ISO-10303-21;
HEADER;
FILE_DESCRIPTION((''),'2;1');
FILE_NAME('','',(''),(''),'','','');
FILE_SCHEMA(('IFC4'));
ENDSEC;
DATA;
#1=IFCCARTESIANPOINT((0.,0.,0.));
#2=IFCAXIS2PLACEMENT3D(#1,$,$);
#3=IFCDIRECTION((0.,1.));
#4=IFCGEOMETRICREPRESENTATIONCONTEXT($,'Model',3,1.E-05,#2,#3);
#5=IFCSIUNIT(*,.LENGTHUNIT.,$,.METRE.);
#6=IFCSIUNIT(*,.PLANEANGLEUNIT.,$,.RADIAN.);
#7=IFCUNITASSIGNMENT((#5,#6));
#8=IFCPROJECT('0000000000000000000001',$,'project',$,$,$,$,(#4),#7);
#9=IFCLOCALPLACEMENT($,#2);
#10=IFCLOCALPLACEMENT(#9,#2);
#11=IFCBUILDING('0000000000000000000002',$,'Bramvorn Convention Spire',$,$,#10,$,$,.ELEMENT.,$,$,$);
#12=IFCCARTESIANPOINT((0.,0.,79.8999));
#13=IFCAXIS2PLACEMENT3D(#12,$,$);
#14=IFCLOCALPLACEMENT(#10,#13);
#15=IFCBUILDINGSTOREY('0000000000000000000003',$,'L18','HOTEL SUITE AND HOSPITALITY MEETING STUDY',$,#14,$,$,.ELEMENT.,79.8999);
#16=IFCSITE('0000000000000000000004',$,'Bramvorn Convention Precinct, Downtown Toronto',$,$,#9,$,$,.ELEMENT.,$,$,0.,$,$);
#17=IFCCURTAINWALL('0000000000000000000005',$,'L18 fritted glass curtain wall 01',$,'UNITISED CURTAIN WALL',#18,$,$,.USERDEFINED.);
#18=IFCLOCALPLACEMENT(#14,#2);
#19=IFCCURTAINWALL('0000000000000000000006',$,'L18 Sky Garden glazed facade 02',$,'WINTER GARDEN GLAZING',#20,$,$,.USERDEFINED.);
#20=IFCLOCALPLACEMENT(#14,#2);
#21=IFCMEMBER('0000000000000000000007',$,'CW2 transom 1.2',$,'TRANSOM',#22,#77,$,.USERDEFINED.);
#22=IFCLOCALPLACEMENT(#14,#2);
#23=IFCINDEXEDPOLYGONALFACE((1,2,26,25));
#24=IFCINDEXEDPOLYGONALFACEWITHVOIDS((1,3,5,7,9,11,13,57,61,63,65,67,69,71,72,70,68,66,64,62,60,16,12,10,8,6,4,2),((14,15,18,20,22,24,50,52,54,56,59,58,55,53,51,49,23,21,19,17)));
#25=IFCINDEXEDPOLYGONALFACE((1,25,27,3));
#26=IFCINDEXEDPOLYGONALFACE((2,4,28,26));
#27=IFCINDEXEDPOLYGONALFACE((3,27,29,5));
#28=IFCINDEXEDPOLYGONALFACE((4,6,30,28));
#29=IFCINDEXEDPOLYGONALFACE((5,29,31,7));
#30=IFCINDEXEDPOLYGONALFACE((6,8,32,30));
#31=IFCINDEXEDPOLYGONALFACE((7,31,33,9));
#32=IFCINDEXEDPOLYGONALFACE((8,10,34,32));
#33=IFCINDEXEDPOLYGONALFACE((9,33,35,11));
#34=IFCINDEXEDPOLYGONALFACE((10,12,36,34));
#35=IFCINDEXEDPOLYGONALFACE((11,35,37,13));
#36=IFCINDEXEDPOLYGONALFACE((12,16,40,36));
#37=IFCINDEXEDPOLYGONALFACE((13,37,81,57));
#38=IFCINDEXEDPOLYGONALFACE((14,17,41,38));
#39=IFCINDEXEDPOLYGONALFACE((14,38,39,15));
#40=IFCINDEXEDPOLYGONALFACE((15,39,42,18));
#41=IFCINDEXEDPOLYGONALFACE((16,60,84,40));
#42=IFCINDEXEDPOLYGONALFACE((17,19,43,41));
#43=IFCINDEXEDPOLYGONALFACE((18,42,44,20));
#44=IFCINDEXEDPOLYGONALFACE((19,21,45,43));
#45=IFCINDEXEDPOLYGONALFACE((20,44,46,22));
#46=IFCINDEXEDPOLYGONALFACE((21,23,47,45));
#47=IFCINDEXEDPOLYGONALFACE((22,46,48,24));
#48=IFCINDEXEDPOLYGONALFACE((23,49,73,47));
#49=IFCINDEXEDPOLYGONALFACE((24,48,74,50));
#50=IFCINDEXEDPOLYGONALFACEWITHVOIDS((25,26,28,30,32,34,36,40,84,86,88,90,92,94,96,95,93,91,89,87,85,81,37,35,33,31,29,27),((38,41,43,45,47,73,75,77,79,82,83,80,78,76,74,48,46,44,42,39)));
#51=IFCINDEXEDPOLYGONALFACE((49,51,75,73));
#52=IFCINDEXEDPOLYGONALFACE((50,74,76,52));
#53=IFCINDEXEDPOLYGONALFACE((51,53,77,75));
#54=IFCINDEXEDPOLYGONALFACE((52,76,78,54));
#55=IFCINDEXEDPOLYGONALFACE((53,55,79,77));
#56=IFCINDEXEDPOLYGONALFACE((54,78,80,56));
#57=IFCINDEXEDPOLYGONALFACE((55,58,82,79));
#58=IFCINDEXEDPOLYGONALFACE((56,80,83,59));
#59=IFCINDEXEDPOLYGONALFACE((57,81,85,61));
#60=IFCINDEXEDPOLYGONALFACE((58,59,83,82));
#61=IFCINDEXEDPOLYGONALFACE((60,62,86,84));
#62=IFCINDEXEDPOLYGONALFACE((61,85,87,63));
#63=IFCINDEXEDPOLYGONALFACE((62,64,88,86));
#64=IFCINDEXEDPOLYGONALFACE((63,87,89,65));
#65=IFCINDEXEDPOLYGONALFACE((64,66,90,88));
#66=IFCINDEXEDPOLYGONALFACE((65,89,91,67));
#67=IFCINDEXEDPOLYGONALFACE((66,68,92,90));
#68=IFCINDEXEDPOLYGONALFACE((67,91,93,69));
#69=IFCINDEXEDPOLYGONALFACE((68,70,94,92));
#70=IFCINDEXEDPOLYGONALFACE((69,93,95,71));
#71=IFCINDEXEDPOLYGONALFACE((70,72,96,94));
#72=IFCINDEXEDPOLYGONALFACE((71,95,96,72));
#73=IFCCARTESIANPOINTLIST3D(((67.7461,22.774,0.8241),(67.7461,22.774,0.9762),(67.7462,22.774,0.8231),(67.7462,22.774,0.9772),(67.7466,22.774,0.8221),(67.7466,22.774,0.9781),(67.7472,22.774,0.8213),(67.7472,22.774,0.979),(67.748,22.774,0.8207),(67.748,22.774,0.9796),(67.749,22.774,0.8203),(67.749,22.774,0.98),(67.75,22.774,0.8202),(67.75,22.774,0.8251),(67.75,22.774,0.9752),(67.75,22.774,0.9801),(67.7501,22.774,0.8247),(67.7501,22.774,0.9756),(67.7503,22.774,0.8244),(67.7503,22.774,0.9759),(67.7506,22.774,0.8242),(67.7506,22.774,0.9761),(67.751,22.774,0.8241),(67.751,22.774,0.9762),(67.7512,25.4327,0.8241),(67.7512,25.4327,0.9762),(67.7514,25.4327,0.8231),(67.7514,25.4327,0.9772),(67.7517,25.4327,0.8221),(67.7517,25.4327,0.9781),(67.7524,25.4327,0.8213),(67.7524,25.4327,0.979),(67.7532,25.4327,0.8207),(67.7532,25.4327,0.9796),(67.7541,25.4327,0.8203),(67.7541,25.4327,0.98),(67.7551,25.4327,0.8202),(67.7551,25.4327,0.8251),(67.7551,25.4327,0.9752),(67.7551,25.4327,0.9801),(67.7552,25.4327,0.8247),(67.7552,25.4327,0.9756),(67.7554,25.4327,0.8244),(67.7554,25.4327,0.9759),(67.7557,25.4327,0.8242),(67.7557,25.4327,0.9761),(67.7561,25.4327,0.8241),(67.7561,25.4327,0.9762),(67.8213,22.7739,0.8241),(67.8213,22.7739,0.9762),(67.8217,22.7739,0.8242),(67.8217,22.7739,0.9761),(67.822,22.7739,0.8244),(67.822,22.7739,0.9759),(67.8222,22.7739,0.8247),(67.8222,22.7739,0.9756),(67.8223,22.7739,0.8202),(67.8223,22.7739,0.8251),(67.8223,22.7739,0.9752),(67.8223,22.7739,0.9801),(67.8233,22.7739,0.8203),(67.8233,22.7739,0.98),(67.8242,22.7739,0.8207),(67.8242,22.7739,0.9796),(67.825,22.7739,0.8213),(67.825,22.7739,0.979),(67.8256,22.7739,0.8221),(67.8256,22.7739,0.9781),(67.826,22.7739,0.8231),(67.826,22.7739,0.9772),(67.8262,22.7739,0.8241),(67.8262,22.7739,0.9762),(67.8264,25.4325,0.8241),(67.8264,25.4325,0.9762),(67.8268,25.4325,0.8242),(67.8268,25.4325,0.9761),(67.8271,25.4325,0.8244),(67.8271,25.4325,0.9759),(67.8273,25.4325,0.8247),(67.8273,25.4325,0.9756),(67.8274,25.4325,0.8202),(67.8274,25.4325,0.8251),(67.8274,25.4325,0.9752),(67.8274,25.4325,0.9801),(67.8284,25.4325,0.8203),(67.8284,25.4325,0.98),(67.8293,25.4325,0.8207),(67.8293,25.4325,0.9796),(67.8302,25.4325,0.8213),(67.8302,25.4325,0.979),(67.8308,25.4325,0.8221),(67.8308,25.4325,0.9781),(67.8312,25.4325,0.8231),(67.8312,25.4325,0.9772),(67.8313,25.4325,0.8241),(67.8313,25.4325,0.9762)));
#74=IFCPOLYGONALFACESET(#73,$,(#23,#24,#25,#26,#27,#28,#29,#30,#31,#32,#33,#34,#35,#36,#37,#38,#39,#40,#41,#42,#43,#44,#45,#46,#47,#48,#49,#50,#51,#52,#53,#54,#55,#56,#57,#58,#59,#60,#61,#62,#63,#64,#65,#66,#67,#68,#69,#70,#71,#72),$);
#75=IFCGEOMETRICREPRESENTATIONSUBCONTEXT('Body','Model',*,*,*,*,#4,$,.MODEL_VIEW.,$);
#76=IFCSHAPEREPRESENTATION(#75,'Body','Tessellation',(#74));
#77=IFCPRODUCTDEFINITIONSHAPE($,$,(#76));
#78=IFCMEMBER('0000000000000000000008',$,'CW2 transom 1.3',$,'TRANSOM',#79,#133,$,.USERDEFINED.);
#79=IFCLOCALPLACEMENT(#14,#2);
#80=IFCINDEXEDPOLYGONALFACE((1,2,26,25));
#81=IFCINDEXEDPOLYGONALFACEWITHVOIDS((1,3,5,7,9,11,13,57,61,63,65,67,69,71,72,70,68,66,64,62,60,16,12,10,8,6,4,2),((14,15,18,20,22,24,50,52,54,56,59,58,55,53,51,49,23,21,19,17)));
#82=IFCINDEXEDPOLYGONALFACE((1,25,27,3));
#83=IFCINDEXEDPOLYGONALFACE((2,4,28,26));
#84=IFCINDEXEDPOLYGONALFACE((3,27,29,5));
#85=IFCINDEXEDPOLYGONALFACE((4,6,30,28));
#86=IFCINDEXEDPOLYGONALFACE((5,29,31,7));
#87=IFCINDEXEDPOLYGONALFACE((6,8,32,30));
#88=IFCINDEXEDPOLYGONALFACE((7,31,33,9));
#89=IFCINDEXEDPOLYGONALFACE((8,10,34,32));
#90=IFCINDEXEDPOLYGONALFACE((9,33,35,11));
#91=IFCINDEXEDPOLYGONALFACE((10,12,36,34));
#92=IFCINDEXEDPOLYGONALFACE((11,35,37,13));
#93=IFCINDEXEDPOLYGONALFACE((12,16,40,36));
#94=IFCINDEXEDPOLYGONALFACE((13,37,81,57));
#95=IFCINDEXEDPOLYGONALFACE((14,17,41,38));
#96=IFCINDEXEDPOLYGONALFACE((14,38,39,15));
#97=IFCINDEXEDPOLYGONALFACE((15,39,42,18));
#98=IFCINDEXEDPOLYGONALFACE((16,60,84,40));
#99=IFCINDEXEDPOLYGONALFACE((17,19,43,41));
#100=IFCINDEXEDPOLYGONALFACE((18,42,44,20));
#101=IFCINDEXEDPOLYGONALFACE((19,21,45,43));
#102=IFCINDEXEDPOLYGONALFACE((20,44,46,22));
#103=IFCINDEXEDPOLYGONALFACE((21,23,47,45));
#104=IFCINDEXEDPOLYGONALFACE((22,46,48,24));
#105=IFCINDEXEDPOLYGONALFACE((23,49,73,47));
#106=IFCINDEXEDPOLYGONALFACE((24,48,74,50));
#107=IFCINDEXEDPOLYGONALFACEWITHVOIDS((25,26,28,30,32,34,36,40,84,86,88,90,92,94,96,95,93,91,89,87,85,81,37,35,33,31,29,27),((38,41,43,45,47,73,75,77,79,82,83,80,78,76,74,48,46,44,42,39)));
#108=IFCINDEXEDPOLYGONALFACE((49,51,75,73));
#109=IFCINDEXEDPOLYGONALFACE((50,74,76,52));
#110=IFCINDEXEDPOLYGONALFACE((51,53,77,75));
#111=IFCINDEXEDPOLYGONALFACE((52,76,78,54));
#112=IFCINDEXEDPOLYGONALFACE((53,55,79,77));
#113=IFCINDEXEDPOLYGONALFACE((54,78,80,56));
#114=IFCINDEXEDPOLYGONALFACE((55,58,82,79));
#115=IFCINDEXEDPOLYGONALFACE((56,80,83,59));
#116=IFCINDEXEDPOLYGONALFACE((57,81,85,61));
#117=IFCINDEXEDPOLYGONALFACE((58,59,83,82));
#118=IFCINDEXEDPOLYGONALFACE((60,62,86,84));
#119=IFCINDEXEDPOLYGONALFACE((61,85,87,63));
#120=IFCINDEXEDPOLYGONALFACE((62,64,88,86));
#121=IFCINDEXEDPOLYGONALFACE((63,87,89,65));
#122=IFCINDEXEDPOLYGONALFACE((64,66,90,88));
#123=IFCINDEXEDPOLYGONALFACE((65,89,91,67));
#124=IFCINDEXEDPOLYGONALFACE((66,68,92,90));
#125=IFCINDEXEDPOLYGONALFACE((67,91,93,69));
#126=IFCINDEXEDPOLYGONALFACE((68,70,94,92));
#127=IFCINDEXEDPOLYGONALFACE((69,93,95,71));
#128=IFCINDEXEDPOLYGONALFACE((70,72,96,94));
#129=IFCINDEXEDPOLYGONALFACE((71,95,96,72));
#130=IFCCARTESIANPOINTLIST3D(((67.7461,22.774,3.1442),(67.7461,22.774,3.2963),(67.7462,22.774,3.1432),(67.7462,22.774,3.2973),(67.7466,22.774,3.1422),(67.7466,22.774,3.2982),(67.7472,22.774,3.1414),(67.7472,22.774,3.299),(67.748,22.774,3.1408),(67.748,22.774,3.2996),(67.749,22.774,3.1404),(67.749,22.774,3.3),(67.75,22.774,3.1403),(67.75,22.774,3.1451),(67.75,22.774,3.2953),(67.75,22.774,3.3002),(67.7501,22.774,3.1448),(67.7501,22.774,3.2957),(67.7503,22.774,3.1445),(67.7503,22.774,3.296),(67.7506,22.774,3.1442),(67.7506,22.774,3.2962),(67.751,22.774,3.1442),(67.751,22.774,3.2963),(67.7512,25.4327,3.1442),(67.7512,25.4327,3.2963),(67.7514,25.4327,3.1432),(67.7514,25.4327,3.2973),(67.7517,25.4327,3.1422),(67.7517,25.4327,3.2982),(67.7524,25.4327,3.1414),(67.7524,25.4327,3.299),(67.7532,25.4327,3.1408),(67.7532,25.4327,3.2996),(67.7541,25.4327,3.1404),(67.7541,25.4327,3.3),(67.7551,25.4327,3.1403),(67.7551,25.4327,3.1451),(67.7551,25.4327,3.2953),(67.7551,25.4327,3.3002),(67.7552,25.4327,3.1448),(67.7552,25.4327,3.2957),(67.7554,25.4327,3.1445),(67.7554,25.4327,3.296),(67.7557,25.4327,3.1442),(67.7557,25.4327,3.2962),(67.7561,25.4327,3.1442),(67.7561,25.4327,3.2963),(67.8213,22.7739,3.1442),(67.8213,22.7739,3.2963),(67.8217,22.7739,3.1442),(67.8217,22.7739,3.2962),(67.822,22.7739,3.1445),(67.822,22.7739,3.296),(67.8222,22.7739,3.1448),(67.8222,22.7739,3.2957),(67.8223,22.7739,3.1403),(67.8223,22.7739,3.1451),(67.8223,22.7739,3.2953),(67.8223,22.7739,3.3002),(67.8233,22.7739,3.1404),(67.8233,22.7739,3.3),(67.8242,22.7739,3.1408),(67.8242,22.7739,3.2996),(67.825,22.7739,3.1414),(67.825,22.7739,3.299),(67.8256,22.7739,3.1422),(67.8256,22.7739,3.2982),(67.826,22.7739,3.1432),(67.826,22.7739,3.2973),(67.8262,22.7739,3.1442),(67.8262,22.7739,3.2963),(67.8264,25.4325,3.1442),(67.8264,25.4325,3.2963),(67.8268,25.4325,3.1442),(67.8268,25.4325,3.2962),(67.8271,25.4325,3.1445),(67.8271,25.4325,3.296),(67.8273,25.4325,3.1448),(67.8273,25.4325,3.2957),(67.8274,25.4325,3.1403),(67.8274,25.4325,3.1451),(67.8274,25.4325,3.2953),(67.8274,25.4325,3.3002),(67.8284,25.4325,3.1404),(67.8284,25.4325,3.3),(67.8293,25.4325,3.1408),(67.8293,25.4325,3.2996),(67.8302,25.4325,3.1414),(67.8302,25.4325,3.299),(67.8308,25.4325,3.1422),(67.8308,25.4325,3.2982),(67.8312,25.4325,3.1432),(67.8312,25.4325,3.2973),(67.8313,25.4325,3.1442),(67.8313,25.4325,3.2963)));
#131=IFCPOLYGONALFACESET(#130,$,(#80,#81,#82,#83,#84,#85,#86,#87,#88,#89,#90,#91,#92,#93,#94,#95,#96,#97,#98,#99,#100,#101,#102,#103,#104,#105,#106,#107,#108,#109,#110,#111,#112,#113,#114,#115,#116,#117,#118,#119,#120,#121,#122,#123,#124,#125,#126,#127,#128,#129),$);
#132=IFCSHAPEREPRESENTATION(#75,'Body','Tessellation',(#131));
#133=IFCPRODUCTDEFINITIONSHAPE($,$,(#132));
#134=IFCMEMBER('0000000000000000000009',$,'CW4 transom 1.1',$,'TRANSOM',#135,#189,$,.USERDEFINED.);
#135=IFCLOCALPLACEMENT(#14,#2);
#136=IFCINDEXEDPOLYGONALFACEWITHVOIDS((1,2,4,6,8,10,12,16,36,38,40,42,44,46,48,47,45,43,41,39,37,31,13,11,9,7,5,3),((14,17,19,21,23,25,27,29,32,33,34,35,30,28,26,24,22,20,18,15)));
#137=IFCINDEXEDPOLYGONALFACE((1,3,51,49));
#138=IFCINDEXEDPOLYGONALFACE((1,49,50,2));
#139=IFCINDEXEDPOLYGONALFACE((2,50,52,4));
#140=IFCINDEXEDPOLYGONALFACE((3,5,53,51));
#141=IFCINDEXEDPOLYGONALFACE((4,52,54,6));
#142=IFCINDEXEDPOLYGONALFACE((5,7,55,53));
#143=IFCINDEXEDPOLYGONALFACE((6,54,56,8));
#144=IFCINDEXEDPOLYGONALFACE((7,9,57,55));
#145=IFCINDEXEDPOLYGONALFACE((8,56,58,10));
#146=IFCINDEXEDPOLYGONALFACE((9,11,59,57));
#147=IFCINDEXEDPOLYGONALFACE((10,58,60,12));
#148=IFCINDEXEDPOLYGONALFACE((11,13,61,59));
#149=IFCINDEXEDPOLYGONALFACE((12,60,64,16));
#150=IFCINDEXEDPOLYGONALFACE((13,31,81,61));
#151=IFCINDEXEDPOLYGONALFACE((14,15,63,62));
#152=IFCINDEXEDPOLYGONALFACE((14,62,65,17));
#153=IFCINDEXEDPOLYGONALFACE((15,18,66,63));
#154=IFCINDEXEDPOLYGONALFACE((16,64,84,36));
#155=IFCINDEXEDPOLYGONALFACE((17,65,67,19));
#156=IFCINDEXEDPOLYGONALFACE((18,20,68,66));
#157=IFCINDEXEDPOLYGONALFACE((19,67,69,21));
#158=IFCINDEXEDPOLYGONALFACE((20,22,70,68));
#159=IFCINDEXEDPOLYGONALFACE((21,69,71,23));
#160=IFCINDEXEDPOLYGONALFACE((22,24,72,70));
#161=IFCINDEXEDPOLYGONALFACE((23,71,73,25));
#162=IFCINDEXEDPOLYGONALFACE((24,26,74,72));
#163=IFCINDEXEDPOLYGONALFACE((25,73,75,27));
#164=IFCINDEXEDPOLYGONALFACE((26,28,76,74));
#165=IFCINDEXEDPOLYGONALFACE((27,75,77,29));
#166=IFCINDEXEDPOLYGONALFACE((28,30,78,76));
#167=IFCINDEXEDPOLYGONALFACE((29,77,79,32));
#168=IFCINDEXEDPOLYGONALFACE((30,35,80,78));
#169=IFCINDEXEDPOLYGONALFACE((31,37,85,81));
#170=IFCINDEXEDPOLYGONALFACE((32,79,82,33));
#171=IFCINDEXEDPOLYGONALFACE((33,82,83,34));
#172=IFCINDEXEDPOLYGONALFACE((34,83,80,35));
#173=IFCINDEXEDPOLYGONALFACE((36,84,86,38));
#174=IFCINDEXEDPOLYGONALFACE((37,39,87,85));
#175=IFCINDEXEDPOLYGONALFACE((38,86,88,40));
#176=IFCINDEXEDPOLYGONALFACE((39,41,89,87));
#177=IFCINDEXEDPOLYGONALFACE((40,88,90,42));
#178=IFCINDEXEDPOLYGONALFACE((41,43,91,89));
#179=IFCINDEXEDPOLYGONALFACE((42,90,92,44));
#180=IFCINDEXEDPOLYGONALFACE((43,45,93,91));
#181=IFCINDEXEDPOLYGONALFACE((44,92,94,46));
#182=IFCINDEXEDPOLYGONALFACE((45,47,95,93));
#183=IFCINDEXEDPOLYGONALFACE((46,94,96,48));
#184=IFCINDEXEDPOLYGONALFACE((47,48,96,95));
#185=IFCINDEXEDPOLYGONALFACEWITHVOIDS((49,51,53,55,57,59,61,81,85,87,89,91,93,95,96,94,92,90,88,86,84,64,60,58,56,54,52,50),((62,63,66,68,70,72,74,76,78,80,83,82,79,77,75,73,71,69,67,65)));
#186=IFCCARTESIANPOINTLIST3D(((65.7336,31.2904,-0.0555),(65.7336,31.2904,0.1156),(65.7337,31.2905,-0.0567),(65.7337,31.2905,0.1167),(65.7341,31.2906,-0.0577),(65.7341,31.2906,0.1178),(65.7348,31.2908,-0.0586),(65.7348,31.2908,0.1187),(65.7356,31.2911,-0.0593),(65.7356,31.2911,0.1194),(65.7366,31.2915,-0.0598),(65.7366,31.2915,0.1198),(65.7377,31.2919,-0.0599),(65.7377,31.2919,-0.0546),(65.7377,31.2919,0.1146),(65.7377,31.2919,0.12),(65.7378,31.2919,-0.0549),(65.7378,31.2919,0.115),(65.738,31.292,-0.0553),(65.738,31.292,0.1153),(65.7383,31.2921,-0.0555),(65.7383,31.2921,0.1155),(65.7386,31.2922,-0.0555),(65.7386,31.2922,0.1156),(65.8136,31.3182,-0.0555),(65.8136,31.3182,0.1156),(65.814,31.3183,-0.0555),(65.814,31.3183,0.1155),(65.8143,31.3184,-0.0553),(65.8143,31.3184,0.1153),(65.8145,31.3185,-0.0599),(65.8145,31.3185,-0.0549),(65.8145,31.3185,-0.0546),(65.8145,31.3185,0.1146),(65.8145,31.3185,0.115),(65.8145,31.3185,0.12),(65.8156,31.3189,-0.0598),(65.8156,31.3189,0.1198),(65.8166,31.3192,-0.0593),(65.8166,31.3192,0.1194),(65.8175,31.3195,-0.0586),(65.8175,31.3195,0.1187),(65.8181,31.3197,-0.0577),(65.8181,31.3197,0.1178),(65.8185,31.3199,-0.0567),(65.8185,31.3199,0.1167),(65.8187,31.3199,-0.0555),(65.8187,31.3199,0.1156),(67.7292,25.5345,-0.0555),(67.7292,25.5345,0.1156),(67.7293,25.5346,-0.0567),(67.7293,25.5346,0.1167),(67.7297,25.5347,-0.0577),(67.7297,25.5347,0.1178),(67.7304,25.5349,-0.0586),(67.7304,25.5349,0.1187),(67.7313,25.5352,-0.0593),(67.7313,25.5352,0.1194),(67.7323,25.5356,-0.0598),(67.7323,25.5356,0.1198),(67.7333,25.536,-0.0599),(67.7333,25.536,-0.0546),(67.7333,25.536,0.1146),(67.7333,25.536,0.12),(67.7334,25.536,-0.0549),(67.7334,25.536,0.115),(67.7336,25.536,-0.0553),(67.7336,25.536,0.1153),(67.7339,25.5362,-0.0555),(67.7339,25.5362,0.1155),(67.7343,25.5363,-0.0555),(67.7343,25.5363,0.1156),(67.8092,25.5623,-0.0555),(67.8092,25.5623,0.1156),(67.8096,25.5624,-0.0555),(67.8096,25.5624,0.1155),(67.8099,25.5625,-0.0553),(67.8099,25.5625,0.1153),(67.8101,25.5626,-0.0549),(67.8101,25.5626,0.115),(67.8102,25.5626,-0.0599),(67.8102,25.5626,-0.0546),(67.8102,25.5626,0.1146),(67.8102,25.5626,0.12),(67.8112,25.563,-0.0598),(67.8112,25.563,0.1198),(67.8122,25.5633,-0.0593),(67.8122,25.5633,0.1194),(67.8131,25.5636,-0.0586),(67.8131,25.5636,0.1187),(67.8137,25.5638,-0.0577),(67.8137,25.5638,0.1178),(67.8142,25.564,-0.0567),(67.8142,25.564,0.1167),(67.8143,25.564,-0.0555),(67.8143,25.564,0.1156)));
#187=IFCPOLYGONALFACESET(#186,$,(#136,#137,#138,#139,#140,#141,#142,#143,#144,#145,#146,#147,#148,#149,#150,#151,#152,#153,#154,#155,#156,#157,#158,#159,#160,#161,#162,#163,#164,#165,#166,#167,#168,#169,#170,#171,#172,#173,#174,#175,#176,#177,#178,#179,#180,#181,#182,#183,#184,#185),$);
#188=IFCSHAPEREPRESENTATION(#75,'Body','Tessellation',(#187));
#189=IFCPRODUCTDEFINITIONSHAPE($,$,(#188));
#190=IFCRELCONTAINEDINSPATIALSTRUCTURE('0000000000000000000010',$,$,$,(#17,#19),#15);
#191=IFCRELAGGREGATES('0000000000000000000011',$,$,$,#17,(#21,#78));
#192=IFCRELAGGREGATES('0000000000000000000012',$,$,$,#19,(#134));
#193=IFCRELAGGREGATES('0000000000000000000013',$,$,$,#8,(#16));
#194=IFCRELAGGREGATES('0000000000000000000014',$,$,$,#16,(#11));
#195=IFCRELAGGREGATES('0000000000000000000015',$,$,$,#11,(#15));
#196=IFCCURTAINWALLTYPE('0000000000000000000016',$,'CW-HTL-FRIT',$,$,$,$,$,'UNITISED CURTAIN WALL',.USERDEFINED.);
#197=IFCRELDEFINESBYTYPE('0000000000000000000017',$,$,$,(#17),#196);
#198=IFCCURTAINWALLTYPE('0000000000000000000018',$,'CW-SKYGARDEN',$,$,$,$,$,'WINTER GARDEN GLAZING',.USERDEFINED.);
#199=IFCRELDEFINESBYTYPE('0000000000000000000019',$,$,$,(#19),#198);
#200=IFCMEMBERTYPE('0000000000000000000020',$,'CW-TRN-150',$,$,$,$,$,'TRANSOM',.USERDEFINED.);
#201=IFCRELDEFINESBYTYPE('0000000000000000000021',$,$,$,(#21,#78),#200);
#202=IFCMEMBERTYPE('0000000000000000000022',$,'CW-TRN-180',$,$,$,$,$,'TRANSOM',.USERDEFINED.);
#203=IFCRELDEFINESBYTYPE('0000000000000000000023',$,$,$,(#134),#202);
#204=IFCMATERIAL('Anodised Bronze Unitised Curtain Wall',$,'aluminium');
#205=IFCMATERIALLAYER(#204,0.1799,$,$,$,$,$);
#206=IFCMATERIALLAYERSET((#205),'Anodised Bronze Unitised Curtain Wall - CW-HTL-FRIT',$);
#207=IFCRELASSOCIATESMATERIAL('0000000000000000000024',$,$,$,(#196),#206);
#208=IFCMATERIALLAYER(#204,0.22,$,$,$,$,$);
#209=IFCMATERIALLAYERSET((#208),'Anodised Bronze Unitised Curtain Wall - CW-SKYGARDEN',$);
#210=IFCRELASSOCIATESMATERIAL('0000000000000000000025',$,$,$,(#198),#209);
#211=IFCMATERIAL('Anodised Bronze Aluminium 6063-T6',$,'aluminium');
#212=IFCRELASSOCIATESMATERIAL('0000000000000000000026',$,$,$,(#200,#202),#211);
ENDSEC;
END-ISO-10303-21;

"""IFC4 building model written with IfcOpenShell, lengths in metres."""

from ifc_helpers import new_model, si_unit, direction, frame, origin, origin_2d, place, context, subcontext, project, spatial, hollow_rectangle, extrude, material, layer, layer_set, material_profile, profile_set, type_object, element, aggregate, save


model = new_model("IFC4")

# Units and contexts
model_context = context("Model", 3, precision=1e-05, world=origin(), true_north=direction((0.0, 1.0)))
body_context = subcontext(model_context, "Body", "Model", "MODEL_VIEW")
ifc_project = project(units=[si_unit("LENGTHUNIT", "METRE"), si_unit("PLANEANGLEUNIT", "RADIAN")], contexts=[model_context])

# Site, building, storey
site_placement = place(None, origin())
site = spatial("IfcSite", under=ifc_project, at=site_placement, Name="Bramvorn Convention Precinct, Downtown Toronto", CompositionType="ELEMENT", RefElevation=0.0)
building_placement = place(site_placement, origin())
building = spatial("IfcBuilding", under=site, at=building_placement, Name="Bramvorn Convention Spire", CompositionType="ELEMENT")
storey_placement = place(building_placement, frame((0.0, 0.0, 79.8999)))
storey = spatial("IfcBuildingStorey", under=building, at=storey_placement, Name="L18", Description="HOTEL SUITE AND HOSPITALITY MEETING STUDY", CompositionType="ELEMENT", Elevation=79.8999)

# Curtain wall
ifc_material_1 = material(Name="Anodised Bronze Unitised Curtain Wall", Category="aluminium")
ifc_layer_1 = layer(ifc_material_1, 0.1799)
ifc_layer_set_1 = layer_set([ifc_layer_1], Name="Anodised Bronze Unitised Curtain Wall - CW-HTL-FRIT")
curtain_wall_type_1 = type_object("IfcCurtainWallType", Name="CW-HTL-FRIT", ElementType="UNITISED CURTAIN WALL", PredefinedType="USERDEFINED", material=ifc_layer_set_1)
curtain_wall_1_placement = place(storey_placement, origin())
curtain_wall_1 = element("IfcCurtainWall", 1, at=curtain_wall_1_placement, inside=storey, type_object=curtain_wall_type_1, Name="L18 fritted glass curtain wall 01", ObjectType="UNITISED CURTAIN WALL", PredefinedType="USERDEFINED")
ifc_material_2 = material(Name="Anodised Bronze Aluminium 6063-T6", Category="aluminium")

# Curtain wall
ifc_layer_2 = layer(ifc_material_1, 0.22)
ifc_layer_set_2 = layer_set([ifc_layer_2], Name="Anodised Bronze Unitised Curtain Wall - CW-SKYGARDEN")
curtain_wall_type_2 = type_object("IfcCurtainWallType", Name="CW-SKYGARDEN", ElementType="WINTER GARDEN GLAZING", PredefinedType="USERDEFINED", material=ifc_layer_set_2)
curtain_wall_2_placement = place(storey_placement, origin())
curtain_wall_2 = element("IfcCurtainWall", 2, at=curtain_wall_2_placement, inside=storey, type_object=curtain_wall_type_2, Name="L18 Sky Garden glazed facade 02", ObjectType="WINTER GARDEN GLAZING", PredefinedType="USERDEFINED")

# Members
ifc_material_profile_1 = material_profile(ifc_material_2, hollow_rectangle(XDim=0.0801, YDim=0.1599, WallThickness=0.0039, InnerFilletRadius=0.001, OuterFilletRadius=0.0039, at=origin_2d()))
ifc_profile_set_1 = profile_set([ifc_material_profile_1], Name="Anodised Bronze Aluminium 6063-T6 - CWT80X160")
member_type_1 = type_object("IfcMemberType", Name="CW-TRN-150", ElementType="TRANSOM", PredefinedType="USERDEFINED", material=ifc_profile_set_1)
member_1_placement = place(storey_placement, frame((67.7913, 25.4326, 0.9001), z_axis=(-0.001928, -0.999998, 0.0), x_axis=(0.999998, -0.001928, 0.0)))
member_1 = element("IfcMember", 3, at=member_1_placement, type_object=member_type_1, Name="CW2 transom 1.2", ObjectType="TRANSOM", PredefinedType="USERDEFINED", context=body_context, shape_type="SweptSolid", body=[
    extrude(hollow_rectangle(XDim=0.0801, YDim=0.1599, WallThickness=0.0039, InnerFilletRadius=0.001, OuterFilletRadius=0.0039, at=origin_2d()), origin(), (0.0, 0.0, 1.0), 2.6587),
])
member_2_placement = place(storey_placement, frame((67.7913, 25.4326, 3.2202), z_axis=(-0.001928, -0.999998, 0.0), x_axis=(0.999998, -0.001928, 0.0)))
member_2 = element("IfcMember", 4, at=member_2_placement, type_object=member_type_1, Name="CW2 transom 1.3", ObjectType="TRANSOM", PredefinedType="USERDEFINED", context=body_context, shape_type="SweptSolid", body=[
    extrude(hollow_rectangle(XDim=0.0801, YDim=0.1599, WallThickness=0.0039, InnerFilletRadius=0.001, OuterFilletRadius=0.0039, at=origin_2d()), origin(), (0.0, 0.0, 1.0), 2.6587),
])
aggregate(curtain_wall_1, [member_1, member_2])
ifc_material_profile_2 = material_profile(ifc_material_2, hollow_rectangle(XDim=0.0901, YDim=0.1799, WallThickness=0.0044, InnerFilletRadius=0.001, OuterFilletRadius=0.0044, at=origin_2d()))
ifc_profile_set_2 = profile_set([ifc_material_profile_2], Name="Anodised Bronze Aluminium 6063-T6 - CWT90X180")
member_type_2 = type_object("IfcMemberType", Name="CW-TRN-180", ElementType="TRANSOM", PredefinedType="USERDEFINED", material=ifc_profile_set_2)
member_3_placement = place(storey_placement, frame((65.7761, 31.3052, 0.03), z_axis=(0.327579, -0.944824, 0.0), x_axis=(0.944824, 0.327579, 0.0)))
member_3 = element("IfcMember", 5, at=member_3_placement, type_object=member_type_2, Name="CW4 transom 1.1", ObjectType="TRANSOM", PredefinedType="USERDEFINED", context=body_context, shape_type="SweptSolid", body=[
    extrude(hollow_rectangle(XDim=0.0901, YDim=0.1799, WallThickness=0.0044, InnerFilletRadius=0.001, OuterFilletRadius=0.0044, at=origin_2d()), origin(), (0.0, 0.0, 1.0), 6.092),
])

aggregate(curtain_wall_2, [member_3])

save(model, "model.ifc")
